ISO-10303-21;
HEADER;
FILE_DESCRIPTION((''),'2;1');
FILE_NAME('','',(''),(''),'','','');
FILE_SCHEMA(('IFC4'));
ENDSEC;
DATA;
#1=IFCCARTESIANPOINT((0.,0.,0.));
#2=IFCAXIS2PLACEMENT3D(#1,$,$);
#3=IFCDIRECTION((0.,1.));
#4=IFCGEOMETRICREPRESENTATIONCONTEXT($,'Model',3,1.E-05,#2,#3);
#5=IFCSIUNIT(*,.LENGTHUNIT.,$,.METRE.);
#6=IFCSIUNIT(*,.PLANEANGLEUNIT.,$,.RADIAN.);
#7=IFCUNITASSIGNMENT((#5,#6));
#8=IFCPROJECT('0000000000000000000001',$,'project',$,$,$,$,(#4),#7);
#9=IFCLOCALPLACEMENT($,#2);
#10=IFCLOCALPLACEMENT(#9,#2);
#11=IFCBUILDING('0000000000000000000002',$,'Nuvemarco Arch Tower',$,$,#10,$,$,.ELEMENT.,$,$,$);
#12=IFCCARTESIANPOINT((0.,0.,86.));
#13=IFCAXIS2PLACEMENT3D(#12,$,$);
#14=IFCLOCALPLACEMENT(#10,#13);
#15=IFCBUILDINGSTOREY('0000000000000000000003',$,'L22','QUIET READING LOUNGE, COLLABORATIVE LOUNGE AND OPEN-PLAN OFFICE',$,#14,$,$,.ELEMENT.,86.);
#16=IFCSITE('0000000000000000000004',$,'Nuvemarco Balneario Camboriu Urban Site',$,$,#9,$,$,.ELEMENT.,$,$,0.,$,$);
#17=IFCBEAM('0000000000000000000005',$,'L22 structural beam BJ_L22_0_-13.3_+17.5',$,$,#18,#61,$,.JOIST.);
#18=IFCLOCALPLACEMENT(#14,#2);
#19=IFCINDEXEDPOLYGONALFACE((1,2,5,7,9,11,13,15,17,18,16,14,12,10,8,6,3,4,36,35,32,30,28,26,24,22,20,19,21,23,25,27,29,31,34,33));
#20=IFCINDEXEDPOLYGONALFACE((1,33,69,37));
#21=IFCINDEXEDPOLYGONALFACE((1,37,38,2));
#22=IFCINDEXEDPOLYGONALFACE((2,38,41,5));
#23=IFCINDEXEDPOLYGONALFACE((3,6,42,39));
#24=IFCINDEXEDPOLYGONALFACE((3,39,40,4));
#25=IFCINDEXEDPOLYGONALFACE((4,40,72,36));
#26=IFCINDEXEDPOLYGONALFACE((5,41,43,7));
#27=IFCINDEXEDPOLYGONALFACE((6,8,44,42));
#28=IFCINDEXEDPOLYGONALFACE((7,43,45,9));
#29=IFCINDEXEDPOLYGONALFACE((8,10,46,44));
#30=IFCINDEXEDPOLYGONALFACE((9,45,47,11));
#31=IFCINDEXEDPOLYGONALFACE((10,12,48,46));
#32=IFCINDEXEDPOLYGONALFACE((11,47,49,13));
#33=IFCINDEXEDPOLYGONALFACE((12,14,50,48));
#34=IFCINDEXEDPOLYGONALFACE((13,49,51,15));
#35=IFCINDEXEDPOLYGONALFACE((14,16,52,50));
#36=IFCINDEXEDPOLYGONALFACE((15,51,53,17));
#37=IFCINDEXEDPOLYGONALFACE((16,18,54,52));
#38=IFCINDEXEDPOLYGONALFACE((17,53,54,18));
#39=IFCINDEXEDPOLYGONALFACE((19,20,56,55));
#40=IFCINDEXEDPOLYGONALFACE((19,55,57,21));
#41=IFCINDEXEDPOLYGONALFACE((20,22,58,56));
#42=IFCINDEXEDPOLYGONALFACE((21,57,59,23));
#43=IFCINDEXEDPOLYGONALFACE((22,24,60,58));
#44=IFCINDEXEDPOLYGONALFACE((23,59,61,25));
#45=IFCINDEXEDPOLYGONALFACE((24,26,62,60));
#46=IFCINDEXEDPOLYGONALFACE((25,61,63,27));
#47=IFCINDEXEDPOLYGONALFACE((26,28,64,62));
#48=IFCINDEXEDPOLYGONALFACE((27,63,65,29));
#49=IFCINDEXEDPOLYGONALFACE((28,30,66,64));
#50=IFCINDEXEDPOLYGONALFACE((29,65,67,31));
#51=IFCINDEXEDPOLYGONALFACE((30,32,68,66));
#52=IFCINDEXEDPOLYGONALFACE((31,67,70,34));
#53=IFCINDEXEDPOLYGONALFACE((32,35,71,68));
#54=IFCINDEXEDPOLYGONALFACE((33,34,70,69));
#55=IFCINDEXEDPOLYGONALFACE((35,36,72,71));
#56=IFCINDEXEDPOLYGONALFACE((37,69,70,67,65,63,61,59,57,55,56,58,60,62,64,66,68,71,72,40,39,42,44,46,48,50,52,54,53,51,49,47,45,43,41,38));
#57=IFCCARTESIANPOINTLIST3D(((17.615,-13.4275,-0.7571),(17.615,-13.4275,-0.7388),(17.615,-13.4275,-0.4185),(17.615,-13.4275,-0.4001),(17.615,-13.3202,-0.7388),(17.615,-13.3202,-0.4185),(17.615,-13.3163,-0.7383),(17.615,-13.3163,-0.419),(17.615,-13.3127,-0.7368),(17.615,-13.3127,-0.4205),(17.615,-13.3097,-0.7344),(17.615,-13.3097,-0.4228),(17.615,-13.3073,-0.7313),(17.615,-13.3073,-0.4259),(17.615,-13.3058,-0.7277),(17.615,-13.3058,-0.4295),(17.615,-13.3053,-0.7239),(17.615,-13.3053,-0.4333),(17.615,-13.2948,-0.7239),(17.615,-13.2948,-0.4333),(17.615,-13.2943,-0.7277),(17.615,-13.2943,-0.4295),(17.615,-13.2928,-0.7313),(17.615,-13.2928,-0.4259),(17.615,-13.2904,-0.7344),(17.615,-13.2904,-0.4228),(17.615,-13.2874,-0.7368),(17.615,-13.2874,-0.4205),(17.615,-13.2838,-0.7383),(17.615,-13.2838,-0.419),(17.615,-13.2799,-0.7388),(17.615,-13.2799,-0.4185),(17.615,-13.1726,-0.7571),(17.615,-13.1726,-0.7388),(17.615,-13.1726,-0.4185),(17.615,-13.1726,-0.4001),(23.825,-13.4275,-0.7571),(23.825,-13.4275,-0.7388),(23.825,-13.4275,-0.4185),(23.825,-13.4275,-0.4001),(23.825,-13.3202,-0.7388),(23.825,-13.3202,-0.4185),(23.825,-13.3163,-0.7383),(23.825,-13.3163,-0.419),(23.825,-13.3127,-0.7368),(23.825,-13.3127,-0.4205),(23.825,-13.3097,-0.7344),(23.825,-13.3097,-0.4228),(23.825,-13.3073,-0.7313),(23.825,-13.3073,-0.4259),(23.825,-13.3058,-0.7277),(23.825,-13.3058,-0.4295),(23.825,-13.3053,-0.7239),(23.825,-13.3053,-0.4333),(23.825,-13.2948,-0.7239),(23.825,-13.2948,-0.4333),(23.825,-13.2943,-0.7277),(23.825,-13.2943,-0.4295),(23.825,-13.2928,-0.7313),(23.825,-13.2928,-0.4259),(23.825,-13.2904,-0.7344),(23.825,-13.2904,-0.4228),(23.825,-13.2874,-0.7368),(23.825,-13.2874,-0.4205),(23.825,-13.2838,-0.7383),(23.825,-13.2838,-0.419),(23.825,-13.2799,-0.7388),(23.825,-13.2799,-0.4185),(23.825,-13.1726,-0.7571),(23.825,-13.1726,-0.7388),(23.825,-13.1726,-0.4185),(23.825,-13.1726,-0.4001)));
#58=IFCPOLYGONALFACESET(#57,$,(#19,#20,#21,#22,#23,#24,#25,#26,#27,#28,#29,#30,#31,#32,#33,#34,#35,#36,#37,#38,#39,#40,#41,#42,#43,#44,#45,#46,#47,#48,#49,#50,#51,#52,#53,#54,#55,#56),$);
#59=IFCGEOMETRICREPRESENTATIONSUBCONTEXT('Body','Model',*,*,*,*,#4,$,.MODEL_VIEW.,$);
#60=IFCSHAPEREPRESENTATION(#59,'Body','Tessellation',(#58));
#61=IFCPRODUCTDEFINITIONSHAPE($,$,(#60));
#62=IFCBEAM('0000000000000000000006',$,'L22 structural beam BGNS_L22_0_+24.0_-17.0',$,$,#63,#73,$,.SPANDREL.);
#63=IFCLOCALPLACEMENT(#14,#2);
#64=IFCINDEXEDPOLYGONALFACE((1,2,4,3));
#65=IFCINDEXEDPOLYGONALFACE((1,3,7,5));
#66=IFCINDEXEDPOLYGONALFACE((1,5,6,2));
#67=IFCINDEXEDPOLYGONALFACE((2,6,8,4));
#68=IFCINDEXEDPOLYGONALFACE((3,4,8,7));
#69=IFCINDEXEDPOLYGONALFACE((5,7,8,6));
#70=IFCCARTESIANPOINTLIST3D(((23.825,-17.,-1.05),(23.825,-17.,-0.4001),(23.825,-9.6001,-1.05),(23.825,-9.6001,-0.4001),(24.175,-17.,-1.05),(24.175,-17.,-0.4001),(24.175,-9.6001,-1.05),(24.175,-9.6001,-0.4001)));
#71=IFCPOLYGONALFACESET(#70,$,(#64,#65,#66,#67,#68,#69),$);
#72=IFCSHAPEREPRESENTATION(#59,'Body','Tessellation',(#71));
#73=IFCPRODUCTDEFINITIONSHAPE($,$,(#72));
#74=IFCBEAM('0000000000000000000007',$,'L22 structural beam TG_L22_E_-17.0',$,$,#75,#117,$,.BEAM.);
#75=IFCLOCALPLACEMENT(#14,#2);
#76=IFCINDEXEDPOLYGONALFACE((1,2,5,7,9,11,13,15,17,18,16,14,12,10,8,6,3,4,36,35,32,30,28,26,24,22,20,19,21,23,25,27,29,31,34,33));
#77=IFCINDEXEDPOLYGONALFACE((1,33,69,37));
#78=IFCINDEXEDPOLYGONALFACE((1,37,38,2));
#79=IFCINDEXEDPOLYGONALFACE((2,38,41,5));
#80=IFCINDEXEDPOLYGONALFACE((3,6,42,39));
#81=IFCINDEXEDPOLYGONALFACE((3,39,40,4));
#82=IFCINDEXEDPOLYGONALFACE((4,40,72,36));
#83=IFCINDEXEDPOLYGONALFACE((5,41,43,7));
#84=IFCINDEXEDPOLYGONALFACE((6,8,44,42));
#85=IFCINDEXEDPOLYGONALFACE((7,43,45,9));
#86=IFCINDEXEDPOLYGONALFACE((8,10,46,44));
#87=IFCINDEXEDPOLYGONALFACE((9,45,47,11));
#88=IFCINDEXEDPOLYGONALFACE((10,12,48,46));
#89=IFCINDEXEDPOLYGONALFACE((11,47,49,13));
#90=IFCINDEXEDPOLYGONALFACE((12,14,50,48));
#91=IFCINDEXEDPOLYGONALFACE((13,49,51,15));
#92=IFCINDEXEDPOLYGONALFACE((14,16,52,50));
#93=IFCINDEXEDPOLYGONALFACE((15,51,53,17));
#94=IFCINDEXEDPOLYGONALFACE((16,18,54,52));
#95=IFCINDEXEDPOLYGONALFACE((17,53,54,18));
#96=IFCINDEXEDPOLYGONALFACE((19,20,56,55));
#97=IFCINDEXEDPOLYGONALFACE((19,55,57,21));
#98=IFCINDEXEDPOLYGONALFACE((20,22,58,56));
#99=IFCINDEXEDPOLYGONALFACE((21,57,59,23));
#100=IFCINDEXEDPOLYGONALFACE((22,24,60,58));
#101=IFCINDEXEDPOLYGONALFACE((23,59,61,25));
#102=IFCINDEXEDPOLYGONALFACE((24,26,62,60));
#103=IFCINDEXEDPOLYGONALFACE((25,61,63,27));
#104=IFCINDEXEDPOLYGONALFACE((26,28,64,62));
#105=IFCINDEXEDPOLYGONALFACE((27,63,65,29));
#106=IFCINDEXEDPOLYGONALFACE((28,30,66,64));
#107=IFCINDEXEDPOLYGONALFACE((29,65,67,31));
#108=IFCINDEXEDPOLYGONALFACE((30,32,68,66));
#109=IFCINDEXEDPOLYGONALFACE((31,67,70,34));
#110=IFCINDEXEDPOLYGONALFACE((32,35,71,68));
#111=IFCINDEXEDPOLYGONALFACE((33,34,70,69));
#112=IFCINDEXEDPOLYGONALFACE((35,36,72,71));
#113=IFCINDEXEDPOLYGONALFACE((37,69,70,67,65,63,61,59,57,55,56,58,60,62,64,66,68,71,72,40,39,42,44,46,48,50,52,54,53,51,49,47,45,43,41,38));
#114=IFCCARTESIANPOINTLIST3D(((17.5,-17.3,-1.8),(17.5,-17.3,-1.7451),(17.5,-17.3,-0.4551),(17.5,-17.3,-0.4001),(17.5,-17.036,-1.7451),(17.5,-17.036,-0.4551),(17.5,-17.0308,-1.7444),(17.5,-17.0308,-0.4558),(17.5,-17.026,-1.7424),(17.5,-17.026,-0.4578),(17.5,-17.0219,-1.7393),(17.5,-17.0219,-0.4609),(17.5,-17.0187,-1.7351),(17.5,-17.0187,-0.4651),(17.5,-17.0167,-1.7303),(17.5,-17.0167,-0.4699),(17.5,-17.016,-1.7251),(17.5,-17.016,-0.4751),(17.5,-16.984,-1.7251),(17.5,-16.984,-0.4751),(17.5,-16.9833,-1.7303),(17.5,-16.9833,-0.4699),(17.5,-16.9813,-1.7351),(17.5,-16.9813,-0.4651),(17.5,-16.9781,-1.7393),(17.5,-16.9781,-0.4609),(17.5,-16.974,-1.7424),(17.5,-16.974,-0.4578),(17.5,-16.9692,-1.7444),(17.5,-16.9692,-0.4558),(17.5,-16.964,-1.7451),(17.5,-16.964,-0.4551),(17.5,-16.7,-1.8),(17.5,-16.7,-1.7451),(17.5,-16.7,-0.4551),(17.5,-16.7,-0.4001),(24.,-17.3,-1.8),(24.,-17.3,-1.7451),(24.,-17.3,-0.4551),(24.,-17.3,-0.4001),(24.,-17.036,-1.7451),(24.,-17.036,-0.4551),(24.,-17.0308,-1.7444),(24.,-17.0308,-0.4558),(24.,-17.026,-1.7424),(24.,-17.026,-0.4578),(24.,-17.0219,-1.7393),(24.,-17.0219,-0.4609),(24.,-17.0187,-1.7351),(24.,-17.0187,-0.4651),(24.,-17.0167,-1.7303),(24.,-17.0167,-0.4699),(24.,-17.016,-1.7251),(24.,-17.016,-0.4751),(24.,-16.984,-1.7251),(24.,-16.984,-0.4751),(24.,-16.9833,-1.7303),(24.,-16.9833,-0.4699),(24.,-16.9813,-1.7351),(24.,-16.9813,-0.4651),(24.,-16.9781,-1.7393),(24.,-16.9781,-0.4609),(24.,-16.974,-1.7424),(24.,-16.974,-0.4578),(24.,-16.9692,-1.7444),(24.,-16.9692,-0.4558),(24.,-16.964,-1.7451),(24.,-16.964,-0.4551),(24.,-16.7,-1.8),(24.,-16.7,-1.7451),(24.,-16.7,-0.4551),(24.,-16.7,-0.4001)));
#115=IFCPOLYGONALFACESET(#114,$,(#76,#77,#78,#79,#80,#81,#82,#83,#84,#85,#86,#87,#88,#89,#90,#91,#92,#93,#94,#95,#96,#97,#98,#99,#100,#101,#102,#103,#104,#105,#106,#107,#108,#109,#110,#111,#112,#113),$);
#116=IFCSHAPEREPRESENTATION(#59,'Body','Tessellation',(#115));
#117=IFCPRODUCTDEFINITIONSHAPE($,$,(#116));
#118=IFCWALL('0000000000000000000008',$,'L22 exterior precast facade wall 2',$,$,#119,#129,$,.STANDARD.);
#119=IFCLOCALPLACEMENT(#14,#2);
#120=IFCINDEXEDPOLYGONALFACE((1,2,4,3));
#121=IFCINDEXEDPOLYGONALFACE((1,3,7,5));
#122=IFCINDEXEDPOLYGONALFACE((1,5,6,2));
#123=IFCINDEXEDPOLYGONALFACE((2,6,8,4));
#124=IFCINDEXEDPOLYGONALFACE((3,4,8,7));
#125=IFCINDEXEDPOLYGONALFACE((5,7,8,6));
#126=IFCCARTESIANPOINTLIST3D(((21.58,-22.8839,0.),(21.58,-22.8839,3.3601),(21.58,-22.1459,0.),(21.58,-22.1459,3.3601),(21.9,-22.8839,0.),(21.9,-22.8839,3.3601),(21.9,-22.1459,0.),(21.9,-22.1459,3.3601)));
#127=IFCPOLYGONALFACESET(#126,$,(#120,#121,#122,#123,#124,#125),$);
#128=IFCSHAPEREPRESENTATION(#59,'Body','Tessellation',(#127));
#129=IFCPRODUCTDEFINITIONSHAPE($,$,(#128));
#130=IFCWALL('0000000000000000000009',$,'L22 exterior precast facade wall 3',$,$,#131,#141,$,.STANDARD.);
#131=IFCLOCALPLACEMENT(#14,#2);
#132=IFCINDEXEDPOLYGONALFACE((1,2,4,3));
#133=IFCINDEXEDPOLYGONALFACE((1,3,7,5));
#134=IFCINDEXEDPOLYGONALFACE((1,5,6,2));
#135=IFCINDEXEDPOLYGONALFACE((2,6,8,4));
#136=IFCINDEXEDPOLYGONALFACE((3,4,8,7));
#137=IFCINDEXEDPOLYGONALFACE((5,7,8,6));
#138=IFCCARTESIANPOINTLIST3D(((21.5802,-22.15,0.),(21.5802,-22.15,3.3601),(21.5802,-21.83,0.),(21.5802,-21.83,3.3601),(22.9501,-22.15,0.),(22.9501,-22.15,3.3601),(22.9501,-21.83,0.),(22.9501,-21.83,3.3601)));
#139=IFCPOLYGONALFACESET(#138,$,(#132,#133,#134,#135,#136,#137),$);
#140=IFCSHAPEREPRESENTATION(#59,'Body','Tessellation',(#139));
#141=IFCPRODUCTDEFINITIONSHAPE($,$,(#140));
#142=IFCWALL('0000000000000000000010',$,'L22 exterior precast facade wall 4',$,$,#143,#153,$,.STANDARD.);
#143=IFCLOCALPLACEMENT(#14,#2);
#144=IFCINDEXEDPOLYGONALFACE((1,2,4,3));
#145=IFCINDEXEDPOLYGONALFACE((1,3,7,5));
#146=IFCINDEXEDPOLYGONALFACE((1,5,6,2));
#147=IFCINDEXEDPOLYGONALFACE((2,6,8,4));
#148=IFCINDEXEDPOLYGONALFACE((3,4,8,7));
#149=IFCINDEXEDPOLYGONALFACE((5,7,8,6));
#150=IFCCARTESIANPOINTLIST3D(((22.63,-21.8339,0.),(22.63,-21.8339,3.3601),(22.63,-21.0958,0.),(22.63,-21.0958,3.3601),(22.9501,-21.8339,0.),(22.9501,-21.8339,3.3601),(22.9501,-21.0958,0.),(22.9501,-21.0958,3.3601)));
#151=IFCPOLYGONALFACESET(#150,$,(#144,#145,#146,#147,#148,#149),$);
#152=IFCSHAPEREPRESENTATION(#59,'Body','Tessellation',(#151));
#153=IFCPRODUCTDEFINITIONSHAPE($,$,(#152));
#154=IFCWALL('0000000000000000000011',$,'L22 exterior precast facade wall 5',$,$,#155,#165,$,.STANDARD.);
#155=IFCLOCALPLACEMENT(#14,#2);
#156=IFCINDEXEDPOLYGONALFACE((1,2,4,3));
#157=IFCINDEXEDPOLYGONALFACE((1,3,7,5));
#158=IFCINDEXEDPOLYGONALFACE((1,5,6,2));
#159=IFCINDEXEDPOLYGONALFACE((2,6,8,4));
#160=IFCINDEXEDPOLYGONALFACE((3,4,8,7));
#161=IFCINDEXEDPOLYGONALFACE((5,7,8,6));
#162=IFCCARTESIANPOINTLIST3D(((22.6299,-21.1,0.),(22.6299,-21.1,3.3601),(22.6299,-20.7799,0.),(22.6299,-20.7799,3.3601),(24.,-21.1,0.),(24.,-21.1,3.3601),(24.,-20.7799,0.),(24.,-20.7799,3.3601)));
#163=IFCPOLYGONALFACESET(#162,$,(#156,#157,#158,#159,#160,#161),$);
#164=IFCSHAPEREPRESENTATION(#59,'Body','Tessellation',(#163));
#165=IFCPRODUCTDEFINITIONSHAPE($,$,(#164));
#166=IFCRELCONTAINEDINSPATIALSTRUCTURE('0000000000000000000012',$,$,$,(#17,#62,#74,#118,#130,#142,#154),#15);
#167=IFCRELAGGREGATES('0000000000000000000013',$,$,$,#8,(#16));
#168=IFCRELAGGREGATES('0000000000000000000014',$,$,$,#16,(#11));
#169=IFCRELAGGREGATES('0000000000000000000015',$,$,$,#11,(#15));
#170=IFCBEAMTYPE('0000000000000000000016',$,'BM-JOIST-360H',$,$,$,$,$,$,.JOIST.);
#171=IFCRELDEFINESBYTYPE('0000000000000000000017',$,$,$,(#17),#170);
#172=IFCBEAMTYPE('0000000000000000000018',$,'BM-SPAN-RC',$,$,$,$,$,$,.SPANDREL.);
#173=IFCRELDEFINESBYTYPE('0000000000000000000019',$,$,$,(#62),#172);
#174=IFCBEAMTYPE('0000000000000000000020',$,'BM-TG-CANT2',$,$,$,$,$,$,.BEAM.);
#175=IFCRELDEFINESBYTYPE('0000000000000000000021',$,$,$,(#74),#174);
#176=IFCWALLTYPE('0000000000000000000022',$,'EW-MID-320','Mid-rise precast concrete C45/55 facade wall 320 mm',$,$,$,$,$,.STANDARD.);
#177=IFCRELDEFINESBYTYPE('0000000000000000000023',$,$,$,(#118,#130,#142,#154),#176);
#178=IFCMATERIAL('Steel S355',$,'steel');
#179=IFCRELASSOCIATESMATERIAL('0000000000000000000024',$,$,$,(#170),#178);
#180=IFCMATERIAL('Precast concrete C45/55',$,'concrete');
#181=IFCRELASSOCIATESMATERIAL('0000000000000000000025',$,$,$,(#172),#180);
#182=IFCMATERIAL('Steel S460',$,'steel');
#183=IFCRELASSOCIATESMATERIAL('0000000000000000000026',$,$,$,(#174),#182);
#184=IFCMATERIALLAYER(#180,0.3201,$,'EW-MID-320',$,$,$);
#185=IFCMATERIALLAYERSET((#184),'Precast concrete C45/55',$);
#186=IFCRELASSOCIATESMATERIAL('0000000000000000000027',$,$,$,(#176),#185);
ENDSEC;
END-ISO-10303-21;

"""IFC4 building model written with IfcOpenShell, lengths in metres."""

from ifc_helpers import new_model, si_unit, direction, frame, frame_2d, origin, origin_2d, place, context, subcontext, project, spatial, rectangle, i_section, extrude, material, layer, layer_set, material_profile, profile_set, type_object, element, save


model = new_model("IFC4")

# Units and contexts
model_context = context("Model", 3, precision=1e-05, world=origin(), true_north=direction((0.0, 1.0)))
body_context = subcontext(model_context, "Body", "Model", "MODEL_VIEW")
ifc_project = project(units=[si_unit("LENGTHUNIT", "METRE"), si_unit("PLANEANGLEUNIT", "RADIAN")], contexts=[model_context])

# Site, building, storey
site_placement = place(None, origin())
site = spatial("IfcSite", under=ifc_project, at=site_placement, Name="Nuvemarco Balneario Camboriu Urban Site", CompositionType="ELEMENT", RefElevation=0.0)
building_placement = place(site_placement, origin())
building = spatial("IfcBuilding", under=site, at=building_placement, Name="Nuvemarco Arch Tower", CompositionType="ELEMENT")
storey_placement = place(building_placement, frame((0.0, 0.0, 86.0)))
storey = spatial("IfcBuildingStorey", under=building, at=storey_placement, Name="L22", Description="QUIET READING LOUNGE, COLLABORATIVE LOUNGE AND OPEN-PLAN OFFICE", CompositionType="ELEMENT", Elevation=86.0)

# Shared definitions
ifc_material_1 = material(Name="Steel S460", Category="steel")
ifc_material_2 = material(Name="Steel S355", Category="steel")

# Beams
ifc_material_profile_1 = material_profile(ifc_material_2, i_section(OverallWidth=0.2549, OverallDepth=0.3569, WebThickness=0.0105, FlangeThickness=0.0183, FilletRadius=0.0149, at=origin_2d()), Name="W360x101")
ifc_profile_set_1 = profile_set([ifc_material_profile_1], Name="Steel S355")
beam_type_1 = type_object("IfcBeamType", Name="BM-JOIST-360H", PredefinedType="JOIST", material=ifc_profile_set_1)
beam_1_placement = place(storey_placement, frame((17.615, -13.3, -0.5786), z_axis=(1.0, 0.0, 0.0), x_axis=(0.0, 1.0, 0.0)))
element("IfcBeam", 1, at=beam_1_placement, inside=storey, type_object=beam_type_1, Name="L22 structural beam BJ_L22_0_-13.3_+17.5", PredefinedType="JOIST", context=body_context, shape_type="SweptSolid", body=[
    extrude(i_section(OverallWidth=0.2549, OverallDepth=0.3569, WebThickness=0.0105, FlangeThickness=0.0183, FilletRadius=0.0149, at=origin_2d()), origin(), (0.0, 0.0, 1.0), 6.21),
])
ifc_material_3 = material(Name="Precast concrete C45/55", Category="concrete")
ifc_material_profile_2 = material_profile(ifc_material_3, rectangle(XDim=0.3501, YDim=0.6499, at=origin_2d()), Name="PC-SP-350x650")
ifc_profile_set_2 = profile_set([ifc_material_profile_2], Name="Precast concrete C45/55")
beam_type_2 = type_object("IfcBeamType", Name="BM-SPAN-RC", PredefinedType="SPANDREL", material=ifc_profile_set_2)
beam_2_placement = place(storey_placement, frame((24.0, -17.0, -0.7251), z_axis=(0.0, 1.0, 0.0), x_axis=(-1.0, 0.0, 0.0)))
element("IfcBeam", 2, at=beam_2_placement, inside=storey, type_object=beam_type_2, Name="L22 structural beam BGNS_L22_0_+24.0_-17.0", PredefinedType="SPANDREL", context=body_context, shape_type="SweptSolid", body=[
    extrude(rectangle(XDim=0.3501, YDim=0.6499, at=origin_2d()), origin(), (0.0, 0.0, 1.0), 7.3999),
])
ifc_material_profile_3 = material_profile(ifc_material_1, i_section(OverallWidth=0.6001, OverallDepth=1.3999, WebThickness=0.032, FlangeThickness=0.0549, FilletRadius=0.02, at=origin_2d()), Name="PG1400x600")
ifc_profile_set_3 = profile_set([ifc_material_profile_3], Name="Steel S460")
beam_type_3 = type_object("IfcBeamType", Name="BM-TG-CANT2", PredefinedType="BEAM", material=ifc_profile_set_3)
beam_3_placement = place(storey_placement, frame((17.5, -17.0, -1.1001), z_axis=(1.0, 0.0, 0.0), x_axis=(0.0, 1.0, 0.0)))
element("IfcBeam", 3, at=beam_3_placement, inside=storey, type_object=beam_type_3, Name="L22 structural beam TG_L22_E_-17.0", PredefinedType="BEAM", context=body_context, shape_type="SweptSolid", body=[
    extrude(i_section(OverallWidth=0.6001, OverallDepth=1.3999, WebThickness=0.032, FlangeThickness=0.0549, FilletRadius=0.02, at=origin_2d()), origin(), (0.0, 0.0, 1.0), 6.5),
])

# Walls
ifc_layer_1 = layer(ifc_material_3, 0.3201, Name="EW-MID-320")
ifc_layer_set_1 = layer_set([ifc_layer_1], Name="Precast concrete C45/55")
wall_type_1 = type_object("IfcWallType", Name="EW-MID-320", Description="Mid-rise precast concrete C45/55 facade wall 320 mm", PredefinedType="STANDARD", material=ifc_layer_set_1)
wall_1_placement = place(storey_placement, frame((21.74, -22.884, 0.0), z_axis=(0.0, 0.0, 1.0), x_axis=(0.0, 1.0, 0.0)))
element("IfcWall", 4, at=wall_1_placement, inside=storey, type_object=wall_type_1, Name="L22 exterior precast facade wall 2", PredefinedType="STANDARD", context=body_context, shape_type="SweptSolid", body=[
    extrude(rectangle(XDim=0.738, YDim=0.3201, at=frame_2d((0.3691, 0.0))), origin(), (0.0, 0.0, 1.0), 3.3601),
])
wall_2_placement = place(storey_placement, frame((21.5801, -21.99, 0.0), z_axis=(0.0, 0.0, 1.0), x_axis=(1.0, 0.0, 0.0)))
element("IfcWall", 5, at=wall_2_placement, inside=storey, type_object=wall_type_1, Name="L22 exterior precast facade wall 3", PredefinedType="STANDARD", context=body_context, shape_type="SweptSolid", body=[
    extrude(rectangle(XDim=1.3699, YDim=0.3201, at=frame_2d((0.6851, 0.0))), origin(), (0.0, 0.0, 1.0), 3.3601),
])
wall_3_placement = place(storey_placement, frame((22.79, -21.834, 0.0), z_axis=(0.0, 0.0, 1.0), x_axis=(0.0, 1.0, 0.0)))
element("IfcWall", 6, at=wall_3_placement, inside=storey, type_object=wall_type_1, Name="L22 exterior precast facade wall 4", PredefinedType="STANDARD", context=body_context, shape_type="SweptSolid", body=[
    extrude(rectangle(XDim=0.738, YDim=0.3201, at=frame_2d((0.3691, 0.0))), origin(), (0.0, 0.0, 1.0), 3.3601),
])
wall_4_placement = place(storey_placement, frame((22.6299, -20.9399, 0.0), z_axis=(0.0, 0.0, 1.0), x_axis=(1.0, 0.0, 0.0)))
element("IfcWall", 7, at=wall_4_placement, inside=storey, type_object=wall_type_1, Name="L22 exterior precast facade wall 5", PredefinedType="STANDARD", context=body_context, shape_type="SweptSolid", body=[
    extrude(rectangle(XDim=1.3701, YDim=0.3201, at=frame_2d((0.6851, 0.0))), origin(), (0.0, 0.0, 1.0), 3.3601),
])

save(model, "model.ifc")
